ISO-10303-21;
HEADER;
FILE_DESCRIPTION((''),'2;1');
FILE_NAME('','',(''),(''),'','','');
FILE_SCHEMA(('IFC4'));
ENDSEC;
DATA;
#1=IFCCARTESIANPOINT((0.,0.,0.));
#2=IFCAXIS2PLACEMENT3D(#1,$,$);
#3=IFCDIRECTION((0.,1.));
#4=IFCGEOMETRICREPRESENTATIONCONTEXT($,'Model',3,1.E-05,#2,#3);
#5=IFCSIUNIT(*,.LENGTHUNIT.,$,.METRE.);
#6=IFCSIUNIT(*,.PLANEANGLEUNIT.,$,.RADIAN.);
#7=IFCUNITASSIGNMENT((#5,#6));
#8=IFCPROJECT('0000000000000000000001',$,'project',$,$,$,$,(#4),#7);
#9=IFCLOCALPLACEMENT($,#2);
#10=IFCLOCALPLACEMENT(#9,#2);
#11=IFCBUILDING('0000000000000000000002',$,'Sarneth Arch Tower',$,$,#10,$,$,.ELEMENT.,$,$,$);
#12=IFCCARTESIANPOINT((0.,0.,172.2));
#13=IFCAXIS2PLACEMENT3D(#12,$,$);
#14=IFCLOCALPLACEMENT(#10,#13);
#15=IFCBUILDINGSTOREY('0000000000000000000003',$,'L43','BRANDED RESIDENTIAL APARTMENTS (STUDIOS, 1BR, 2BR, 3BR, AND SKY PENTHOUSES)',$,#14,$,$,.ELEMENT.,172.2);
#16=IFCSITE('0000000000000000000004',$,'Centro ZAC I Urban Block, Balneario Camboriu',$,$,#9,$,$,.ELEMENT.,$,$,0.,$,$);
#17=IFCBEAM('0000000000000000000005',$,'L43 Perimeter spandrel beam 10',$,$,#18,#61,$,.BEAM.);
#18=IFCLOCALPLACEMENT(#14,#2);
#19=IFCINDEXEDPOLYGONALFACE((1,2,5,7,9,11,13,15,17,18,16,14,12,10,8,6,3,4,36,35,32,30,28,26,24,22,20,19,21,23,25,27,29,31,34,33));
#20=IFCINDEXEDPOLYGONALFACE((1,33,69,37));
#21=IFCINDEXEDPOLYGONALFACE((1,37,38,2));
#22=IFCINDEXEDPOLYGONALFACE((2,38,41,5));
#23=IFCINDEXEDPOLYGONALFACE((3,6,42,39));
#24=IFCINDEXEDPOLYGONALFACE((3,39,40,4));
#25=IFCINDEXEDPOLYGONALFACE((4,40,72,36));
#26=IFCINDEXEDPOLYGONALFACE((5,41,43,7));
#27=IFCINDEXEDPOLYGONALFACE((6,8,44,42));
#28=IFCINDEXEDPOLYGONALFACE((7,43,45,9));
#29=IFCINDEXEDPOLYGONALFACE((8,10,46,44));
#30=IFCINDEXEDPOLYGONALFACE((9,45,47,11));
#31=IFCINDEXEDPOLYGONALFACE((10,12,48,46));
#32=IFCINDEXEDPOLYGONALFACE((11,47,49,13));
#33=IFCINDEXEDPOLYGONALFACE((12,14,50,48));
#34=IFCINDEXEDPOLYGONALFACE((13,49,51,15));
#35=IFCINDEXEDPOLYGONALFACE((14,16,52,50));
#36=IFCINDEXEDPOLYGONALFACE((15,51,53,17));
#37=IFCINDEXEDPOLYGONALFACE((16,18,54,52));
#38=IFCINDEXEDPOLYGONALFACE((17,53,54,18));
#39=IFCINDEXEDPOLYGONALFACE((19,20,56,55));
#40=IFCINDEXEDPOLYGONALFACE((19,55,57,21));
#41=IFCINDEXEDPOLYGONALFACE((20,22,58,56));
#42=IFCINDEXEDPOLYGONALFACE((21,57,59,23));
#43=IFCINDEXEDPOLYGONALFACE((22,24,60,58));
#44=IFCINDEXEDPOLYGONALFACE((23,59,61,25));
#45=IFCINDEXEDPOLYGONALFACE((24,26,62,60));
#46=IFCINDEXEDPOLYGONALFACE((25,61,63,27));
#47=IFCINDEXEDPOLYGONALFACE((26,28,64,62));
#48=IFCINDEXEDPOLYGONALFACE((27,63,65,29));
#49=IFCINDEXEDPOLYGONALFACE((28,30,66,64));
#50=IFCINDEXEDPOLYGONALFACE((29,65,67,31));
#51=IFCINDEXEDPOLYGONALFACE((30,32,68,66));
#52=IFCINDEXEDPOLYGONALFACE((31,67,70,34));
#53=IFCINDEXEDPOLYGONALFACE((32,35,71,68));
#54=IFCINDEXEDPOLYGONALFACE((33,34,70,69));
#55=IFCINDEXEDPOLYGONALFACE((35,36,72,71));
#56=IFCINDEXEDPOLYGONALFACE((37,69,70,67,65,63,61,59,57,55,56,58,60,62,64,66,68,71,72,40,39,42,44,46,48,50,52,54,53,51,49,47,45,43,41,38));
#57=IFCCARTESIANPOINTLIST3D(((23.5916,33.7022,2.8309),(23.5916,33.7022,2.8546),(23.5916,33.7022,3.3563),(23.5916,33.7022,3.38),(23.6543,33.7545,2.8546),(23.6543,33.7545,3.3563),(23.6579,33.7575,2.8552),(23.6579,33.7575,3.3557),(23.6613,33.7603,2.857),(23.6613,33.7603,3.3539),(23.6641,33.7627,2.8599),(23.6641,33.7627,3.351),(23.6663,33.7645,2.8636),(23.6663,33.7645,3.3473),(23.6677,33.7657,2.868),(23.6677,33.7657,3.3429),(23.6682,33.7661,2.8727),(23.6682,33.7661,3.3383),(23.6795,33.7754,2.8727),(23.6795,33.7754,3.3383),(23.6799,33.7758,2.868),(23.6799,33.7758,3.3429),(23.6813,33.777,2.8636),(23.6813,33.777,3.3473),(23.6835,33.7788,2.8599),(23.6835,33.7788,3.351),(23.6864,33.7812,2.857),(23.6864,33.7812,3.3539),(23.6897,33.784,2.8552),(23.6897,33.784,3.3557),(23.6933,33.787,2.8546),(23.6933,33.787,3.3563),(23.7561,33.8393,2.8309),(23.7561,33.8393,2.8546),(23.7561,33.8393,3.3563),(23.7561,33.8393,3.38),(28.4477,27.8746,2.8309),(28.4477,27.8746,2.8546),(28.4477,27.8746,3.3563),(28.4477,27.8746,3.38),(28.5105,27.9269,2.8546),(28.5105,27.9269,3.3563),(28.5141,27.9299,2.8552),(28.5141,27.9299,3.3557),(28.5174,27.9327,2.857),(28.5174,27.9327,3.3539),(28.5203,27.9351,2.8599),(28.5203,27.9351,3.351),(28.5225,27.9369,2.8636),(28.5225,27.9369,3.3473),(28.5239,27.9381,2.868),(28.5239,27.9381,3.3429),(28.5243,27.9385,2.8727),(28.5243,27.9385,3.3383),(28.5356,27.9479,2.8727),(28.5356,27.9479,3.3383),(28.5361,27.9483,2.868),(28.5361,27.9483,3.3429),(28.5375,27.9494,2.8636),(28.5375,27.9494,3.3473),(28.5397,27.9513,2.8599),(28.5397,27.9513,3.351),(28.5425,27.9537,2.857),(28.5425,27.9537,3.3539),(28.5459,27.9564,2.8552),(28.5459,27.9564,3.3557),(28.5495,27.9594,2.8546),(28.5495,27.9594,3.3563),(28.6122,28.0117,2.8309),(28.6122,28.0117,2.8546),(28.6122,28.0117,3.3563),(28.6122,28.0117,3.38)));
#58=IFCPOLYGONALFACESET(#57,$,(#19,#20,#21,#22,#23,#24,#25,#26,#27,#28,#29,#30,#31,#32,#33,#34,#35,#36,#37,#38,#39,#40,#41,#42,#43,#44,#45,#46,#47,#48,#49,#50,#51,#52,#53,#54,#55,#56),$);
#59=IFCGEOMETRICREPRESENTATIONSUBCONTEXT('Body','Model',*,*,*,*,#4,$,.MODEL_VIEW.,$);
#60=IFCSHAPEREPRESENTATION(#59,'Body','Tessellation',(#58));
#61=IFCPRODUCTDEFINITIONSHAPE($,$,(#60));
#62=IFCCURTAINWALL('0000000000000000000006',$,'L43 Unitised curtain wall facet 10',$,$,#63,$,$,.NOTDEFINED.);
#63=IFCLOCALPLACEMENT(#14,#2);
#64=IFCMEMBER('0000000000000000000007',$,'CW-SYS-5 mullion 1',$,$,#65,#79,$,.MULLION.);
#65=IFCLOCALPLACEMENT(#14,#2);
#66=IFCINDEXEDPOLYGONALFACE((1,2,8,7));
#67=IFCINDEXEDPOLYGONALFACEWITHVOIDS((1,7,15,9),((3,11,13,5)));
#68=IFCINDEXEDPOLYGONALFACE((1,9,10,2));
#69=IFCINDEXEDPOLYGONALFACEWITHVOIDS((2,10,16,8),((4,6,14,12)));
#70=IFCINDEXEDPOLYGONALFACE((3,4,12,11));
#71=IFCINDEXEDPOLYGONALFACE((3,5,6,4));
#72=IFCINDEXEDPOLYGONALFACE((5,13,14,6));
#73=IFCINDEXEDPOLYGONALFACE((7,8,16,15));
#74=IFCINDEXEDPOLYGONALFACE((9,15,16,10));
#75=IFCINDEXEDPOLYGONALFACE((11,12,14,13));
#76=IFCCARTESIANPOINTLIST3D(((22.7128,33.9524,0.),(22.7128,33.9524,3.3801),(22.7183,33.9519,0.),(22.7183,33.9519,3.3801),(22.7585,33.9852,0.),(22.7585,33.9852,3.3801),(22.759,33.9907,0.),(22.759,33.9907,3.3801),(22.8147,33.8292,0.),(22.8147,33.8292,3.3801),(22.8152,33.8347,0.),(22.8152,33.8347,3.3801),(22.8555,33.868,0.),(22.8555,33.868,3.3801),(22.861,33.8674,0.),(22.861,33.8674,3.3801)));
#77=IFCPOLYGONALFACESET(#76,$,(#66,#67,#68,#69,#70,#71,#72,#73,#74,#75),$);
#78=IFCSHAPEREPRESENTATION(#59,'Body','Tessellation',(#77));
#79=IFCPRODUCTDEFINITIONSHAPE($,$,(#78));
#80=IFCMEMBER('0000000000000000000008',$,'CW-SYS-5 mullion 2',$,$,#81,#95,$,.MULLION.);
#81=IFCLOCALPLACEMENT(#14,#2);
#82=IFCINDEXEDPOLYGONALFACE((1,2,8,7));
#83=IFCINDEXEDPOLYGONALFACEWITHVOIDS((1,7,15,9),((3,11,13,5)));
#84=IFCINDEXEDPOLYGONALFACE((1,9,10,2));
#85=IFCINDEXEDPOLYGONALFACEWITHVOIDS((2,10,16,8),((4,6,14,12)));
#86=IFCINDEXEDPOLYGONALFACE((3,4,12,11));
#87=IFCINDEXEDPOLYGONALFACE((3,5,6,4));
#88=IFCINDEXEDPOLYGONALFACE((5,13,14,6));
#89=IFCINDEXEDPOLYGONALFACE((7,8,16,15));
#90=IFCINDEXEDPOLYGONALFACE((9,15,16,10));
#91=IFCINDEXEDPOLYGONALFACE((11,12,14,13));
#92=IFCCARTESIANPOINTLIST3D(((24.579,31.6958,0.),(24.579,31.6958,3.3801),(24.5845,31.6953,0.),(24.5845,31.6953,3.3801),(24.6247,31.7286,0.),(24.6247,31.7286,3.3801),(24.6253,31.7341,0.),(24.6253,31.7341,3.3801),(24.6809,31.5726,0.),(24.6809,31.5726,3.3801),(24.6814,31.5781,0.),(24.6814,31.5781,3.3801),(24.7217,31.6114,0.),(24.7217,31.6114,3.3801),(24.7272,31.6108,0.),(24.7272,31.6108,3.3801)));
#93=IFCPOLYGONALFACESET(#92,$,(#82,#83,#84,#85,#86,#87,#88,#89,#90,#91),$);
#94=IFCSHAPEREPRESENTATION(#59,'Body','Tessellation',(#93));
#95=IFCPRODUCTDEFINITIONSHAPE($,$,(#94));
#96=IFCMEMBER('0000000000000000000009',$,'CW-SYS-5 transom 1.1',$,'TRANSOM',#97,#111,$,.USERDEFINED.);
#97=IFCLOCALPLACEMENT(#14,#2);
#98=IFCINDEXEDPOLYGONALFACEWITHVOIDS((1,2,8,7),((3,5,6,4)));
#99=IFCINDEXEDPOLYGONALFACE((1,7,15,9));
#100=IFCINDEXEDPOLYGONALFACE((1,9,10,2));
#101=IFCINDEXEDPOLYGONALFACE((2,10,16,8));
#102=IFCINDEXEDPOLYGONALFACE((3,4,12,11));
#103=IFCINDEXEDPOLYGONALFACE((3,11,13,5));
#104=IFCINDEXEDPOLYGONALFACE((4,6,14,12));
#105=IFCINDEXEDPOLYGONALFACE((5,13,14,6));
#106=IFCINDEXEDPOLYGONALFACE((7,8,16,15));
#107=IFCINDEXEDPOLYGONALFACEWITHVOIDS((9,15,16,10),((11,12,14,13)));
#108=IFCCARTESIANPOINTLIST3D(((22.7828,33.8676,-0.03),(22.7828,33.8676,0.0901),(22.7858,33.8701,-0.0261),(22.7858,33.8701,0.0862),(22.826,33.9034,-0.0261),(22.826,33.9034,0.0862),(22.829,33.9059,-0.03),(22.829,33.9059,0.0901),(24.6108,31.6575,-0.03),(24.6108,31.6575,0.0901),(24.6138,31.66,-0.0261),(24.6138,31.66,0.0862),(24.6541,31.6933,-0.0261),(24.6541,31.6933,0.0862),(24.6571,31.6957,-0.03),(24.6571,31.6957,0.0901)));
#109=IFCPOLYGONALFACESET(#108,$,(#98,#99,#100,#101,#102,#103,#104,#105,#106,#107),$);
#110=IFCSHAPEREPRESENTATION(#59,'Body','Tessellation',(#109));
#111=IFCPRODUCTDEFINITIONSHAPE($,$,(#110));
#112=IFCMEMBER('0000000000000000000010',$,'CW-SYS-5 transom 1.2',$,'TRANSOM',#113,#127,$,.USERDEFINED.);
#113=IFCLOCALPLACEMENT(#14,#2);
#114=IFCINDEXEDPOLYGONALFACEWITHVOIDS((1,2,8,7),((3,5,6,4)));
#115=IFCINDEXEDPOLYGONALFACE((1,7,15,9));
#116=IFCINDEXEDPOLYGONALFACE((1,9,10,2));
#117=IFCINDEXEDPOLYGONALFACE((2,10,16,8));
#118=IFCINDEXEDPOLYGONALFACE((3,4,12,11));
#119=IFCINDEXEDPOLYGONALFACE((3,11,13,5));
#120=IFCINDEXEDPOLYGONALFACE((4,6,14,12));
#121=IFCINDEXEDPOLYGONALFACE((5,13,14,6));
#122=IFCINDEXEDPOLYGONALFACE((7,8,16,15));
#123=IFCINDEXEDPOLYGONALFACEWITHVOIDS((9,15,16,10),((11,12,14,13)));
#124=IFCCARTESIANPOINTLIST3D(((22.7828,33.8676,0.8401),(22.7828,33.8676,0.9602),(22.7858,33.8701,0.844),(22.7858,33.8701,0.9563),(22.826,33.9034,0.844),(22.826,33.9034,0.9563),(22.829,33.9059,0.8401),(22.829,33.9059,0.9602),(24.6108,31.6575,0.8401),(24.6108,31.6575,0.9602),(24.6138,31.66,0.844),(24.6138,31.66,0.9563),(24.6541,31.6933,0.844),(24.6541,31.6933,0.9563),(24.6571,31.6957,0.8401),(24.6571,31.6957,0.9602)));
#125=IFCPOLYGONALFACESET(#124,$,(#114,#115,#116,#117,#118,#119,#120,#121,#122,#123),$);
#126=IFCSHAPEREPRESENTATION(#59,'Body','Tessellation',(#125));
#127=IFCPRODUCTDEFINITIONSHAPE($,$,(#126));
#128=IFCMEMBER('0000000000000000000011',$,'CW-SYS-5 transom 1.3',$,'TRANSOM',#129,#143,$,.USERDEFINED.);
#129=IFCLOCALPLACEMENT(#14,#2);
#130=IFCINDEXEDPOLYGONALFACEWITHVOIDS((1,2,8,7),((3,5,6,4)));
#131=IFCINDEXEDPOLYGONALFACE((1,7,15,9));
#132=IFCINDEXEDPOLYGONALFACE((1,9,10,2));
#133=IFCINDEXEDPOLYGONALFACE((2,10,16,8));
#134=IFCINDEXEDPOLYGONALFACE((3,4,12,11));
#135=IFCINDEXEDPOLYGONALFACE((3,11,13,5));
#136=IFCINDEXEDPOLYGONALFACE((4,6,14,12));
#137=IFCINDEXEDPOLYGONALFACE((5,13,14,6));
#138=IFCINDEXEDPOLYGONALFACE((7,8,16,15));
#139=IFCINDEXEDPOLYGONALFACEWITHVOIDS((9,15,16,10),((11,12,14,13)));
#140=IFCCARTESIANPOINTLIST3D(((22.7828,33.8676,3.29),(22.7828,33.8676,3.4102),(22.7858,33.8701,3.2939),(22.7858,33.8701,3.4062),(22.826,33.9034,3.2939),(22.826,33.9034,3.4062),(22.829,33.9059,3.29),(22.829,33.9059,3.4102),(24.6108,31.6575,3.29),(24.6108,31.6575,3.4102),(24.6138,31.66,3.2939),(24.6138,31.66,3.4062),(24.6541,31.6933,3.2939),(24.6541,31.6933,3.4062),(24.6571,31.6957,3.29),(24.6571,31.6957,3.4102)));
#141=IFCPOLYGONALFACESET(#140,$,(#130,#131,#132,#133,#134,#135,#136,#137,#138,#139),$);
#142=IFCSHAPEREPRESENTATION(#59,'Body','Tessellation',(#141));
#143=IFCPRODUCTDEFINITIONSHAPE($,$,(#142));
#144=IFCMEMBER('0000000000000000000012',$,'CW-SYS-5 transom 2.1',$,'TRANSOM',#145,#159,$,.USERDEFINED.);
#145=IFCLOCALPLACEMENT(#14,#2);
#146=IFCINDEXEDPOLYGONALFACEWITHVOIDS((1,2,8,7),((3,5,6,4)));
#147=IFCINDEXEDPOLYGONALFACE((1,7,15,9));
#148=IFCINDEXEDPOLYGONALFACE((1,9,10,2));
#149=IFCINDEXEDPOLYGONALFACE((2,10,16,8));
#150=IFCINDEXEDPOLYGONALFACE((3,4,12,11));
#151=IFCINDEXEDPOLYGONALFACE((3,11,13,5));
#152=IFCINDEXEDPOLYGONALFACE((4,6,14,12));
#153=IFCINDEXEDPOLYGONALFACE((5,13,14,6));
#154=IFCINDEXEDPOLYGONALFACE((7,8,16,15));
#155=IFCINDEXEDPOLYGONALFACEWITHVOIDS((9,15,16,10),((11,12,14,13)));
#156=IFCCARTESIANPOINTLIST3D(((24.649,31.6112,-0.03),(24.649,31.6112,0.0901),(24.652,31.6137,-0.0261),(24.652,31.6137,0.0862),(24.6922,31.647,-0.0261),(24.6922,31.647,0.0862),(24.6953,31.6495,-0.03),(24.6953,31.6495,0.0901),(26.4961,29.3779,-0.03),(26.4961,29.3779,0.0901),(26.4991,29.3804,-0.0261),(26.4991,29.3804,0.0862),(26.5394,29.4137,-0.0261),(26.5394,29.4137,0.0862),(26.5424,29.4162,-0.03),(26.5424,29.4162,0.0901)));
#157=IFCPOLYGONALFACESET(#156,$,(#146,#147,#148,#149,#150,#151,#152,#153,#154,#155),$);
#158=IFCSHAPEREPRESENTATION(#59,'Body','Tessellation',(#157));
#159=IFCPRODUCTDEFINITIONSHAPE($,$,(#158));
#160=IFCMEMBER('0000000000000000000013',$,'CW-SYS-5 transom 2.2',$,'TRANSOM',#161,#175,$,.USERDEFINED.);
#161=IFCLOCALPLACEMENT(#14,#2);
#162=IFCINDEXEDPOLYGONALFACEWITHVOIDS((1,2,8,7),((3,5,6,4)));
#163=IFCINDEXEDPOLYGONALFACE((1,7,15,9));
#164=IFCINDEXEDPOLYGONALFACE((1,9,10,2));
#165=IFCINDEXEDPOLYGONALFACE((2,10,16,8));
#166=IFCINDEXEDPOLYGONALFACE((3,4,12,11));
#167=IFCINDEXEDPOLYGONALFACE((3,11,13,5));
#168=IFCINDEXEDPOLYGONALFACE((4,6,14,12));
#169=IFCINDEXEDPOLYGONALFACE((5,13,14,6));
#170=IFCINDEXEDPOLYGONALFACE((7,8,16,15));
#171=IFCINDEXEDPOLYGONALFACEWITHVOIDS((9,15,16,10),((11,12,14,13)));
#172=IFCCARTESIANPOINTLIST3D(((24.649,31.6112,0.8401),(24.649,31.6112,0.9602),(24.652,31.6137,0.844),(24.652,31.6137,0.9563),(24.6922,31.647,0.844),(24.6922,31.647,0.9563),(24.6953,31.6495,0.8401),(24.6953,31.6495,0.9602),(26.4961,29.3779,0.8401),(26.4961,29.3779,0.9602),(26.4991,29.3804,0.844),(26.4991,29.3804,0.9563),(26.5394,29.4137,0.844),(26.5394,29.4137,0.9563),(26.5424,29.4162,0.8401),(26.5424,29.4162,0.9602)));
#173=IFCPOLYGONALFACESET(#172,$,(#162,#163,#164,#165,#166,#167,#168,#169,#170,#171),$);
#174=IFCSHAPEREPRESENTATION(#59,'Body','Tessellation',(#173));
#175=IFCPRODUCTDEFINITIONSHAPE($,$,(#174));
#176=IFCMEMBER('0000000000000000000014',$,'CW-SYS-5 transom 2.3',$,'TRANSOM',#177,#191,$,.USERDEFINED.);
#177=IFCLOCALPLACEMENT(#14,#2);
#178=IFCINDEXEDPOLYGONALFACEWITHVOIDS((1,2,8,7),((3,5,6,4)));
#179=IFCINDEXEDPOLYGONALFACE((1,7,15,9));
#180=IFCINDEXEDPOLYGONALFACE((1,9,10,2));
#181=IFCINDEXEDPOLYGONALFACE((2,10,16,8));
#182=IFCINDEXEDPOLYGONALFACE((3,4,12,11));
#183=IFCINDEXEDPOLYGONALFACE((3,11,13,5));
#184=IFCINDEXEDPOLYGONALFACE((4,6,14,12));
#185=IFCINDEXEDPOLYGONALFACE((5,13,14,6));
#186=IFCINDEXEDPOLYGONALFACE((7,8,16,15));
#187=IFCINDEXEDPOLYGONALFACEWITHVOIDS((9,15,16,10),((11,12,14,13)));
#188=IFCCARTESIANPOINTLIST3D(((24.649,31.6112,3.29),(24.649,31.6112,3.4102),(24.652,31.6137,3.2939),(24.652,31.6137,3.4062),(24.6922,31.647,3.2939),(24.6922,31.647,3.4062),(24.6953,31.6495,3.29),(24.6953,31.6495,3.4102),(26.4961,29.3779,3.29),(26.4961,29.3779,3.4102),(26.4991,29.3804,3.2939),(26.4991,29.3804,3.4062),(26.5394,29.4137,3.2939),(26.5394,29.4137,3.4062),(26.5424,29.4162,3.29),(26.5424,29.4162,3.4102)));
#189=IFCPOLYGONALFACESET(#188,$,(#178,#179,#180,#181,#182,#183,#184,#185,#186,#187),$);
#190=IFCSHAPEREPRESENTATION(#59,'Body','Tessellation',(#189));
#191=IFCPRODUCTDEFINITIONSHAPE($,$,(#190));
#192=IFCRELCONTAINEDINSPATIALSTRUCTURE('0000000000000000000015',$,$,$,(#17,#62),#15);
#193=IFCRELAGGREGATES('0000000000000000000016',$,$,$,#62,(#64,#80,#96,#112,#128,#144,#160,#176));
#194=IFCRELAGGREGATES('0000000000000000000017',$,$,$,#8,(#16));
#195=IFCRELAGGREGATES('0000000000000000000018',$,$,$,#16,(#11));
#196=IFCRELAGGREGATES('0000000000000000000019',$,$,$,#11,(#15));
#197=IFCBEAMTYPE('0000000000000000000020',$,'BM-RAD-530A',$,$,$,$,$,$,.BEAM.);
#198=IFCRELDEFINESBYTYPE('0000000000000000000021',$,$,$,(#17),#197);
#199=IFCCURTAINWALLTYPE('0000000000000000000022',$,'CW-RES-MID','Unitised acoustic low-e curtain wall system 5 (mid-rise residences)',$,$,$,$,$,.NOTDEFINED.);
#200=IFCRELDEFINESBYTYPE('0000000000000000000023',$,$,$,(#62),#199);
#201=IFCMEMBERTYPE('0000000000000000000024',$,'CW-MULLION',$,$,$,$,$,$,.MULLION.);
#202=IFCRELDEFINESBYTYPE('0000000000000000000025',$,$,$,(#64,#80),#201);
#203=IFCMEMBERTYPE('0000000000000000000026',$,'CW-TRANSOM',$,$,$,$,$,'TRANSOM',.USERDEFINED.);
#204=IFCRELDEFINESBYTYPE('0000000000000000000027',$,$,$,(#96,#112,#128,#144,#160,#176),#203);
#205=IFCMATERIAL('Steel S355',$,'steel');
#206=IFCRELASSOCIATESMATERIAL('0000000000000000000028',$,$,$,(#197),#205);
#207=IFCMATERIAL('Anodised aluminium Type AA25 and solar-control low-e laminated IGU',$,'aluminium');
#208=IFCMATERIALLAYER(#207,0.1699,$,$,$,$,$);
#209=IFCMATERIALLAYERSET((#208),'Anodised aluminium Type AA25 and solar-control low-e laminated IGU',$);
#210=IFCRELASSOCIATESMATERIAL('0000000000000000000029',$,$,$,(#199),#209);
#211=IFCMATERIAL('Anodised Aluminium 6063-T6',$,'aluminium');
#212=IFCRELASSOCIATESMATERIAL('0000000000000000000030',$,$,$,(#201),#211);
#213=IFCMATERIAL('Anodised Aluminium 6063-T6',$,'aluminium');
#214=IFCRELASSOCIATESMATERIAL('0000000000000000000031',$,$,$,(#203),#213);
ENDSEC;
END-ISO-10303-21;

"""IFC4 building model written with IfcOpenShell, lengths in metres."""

from ifc_helpers import new_model, si_unit, direction, frame, origin, origin_2d, place, context, subcontext, project, spatial, hollow_rectangle, i_section, extrude, material, layer, layer_set, material_profile, profile_set, type_object, element, aggregate, save


model = new_model("IFC4")

# Units and contexts
model_context = context("Model", 3, precision=1e-05, world=origin(), true_north=direction((0.0, 1.0)))
body_context = subcontext(model_context, "Body", "Model", "MODEL_VIEW")
ifc_project = project(units=[si_unit("LENGTHUNIT", "METRE"), si_unit("PLANEANGLEUNIT", "RADIAN")], contexts=[model_context])

# Site, building, storey
site_placement = place(None, origin())
site = spatial("IfcSite", under=ifc_project, at=site_placement, Name="Centro ZAC I Urban Block, Balneario Camboriu", CompositionType="ELEMENT", RefElevation=0.0)
building_placement = place(site_placement, origin())
building = spatial("IfcBuilding", under=site, at=building_placement, Name="Sarneth Arch Tower", CompositionType="ELEMENT")
storey_placement = place(building_placement, frame((0.0, 0.0, 172.2)))
storey = spatial("IfcBuildingStorey", under=building, at=storey_placement, Name="L43", Description="BRANDED RESIDENTIAL APARTMENTS (STUDIOS, 1BR, 2BR, 3BR, AND SKY PENTHOUSES)", CompositionType="ELEMENT", Elevation=172.2)

# Beam
ifc_material_1 = material(Name="Steel S355", Category="steel")
ifc_material_profile_1 = material_profile(ifc_material_1, i_section(OverallWidth=0.2141, OverallDepth=0.5491, WebThickness=0.0146, FlangeThickness=0.0237, FilletRadius=0.0181, at=origin_2d()), Name="W530x138")
ifc_profile_set_1 = profile_set([ifc_material_profile_1], Name="Steel S355")
beam_type_1 = type_object("IfcBeamType", Name="BM-RAD-530A", PredefinedType="BEAM", material=ifc_profile_set_1)
beam_1_placement = place(storey_placement, frame((23.6738, 33.7708, 3.1055), z_axis=(0.640172, -0.768232, 0.0), x_axis=(0.768232, 0.640172, 0.0)))
element("IfcBeam", 1, at=beam_1_placement, inside=storey, type_object=beam_type_1, Name="L43 Perimeter spandrel beam 10", PredefinedType="BEAM", context=body_context, shape_type="SweptSolid", body=[
    extrude(i_section(OverallWidth=0.2141, OverallDepth=0.5491, WebThickness=0.0146, FlangeThickness=0.0237, FilletRadius=0.0181, at=origin_2d()), origin(), (0.0, 0.0, 1.0), 7.5857),
])

# Curtain wall, members
ifc_material_2 = material(Name="Anodised aluminium Type AA25 and solar-control low-e laminated IGU", Category="aluminium")
ifc_layer_1 = layer(ifc_material_2, 0.1699)
ifc_layer_set_1 = layer_set([ifc_layer_1], Name="Anodised aluminium Type AA25 and solar-control low-e laminated IGU")
curtain_wall_type = type_object("IfcCurtainWallType", Name="CW-RES-MID", Description="Unitised acoustic low-e curtain wall system 5 (mid-rise residences)", PredefinedType="NOTDEFINED", material=ifc_layer_set_1)
curtain_wall_placement = place(storey_placement, origin())
curtain_wall = element("IfcCurtainWall", 2, at=curtain_wall_placement, inside=storey, type_object=curtain_wall_type, Name="L43 Unitised curtain wall facet 10", PredefinedType="NOTDEFINED")
ifc_material_3 = material(Name="Anodised Aluminium 6063-T6", Category="aluminium")
ifc_material_profile_2 = material_profile(ifc_material_3, hollow_rectangle(XDim=0.0601, YDim=0.1599, WallThickness=0.0039, at=origin_2d()), Name="AL-MULL-160x60x4")
ifc_profile_set_2 = profile_set([ifc_material_profile_2], Name="Anodised Aluminium 6063-T6")
member_type_1 = type_object("IfcMemberType", Name="CW-MULLION", PredefinedType="MULLION", material=ifc_profile_set_2)
member_1_placement = place(storey_placement, frame((22.7869, 33.9099, 0.0), z_axis=(0.0, 0.0, 1.0), x_axis=(0.770591, 0.63733, 0.0)))
member_1 = element("IfcMember", 3, at=member_1_placement, type_object=member_type_1, Name="CW-SYS-5 mullion 1", PredefinedType="MULLION", context=body_context, shape_type="SweptSolid", body=[
    extrude(hollow_rectangle(XDim=0.0601, YDim=0.1599, WallThickness=0.0039, at=origin_2d()), origin(), (0.0, 0.0, 1.0), 3.3801),
])
member_2_placement = place(storey_placement, frame((24.6531, 31.6533, 0.0), z_axis=(0.0, 0.0, 1.0), x_axis=(0.770591, 0.63733, 0.0)))
member_2 = element("IfcMember", 4, at=member_2_placement, type_object=member_type_1, Name="CW-SYS-5 mullion 2", PredefinedType="MULLION", context=body_context, shape_type="SweptSolid", body=[
    extrude(hollow_rectangle(XDim=0.0601, YDim=0.1599, WallThickness=0.0039, at=origin_2d()), origin(), (0.0, 0.0, 1.0), 3.3801),
])
ifc_material_4 = material(Name="Anodised Aluminium 6063-T6", Category="aluminium")
ifc_material_profile_3 = material_profile(ifc_material_4, hollow_rectangle(XDim=0.0601, YDim=0.1201, WallThickness=0.0039, at=origin_2d()), Name="AL-TRAN-120x60x4")
ifc_profile_set_3 = profile_set([ifc_material_profile_3], Name="Anodised Aluminium 6063-T6")
member_type_2 = type_object("IfcMemberType", Name="CW-TRANSOM", ElementType="TRANSOM", PredefinedType="USERDEFINED", material=ifc_profile_set_3)
member_3_placement = place(storey_placement, frame((22.8059, 33.8867, 0.03), z_axis=(0.637359, -0.770567, 0.0), x_axis=(0.770567, 0.637359, 0.0)))
member_3 = element("IfcMember", 5, at=member_3_placement, type_object=member_type_2, Name="CW-SYS-5 transom 1.1", ObjectType="TRANSOM", PredefinedType="USERDEFINED", context=body_context, shape_type="SweptSolid", body=[
    extrude(hollow_rectangle(XDim=0.0601, YDim=0.1201, WallThickness=0.0039, at=origin_2d()), origin(), (0.0, 0.0, 1.0), 2.8682),
])
member_4_placement = place(storey_placement, frame((22.8059, 33.8867, 0.9001), z_axis=(0.637359, -0.770567, 0.0), x_axis=(0.770567, 0.637359, 0.0)))
member_4 = element("IfcMember", 6, at=member_4_placement, type_object=member_type_2, Name="CW-SYS-5 transom 1.2", ObjectType="TRANSOM", PredefinedType="USERDEFINED", context=body_context, shape_type="SweptSolid", body=[
    extrude(hollow_rectangle(XDim=0.0601, YDim=0.1201, WallThickness=0.0039, at=origin_2d()), origin(), (0.0, 0.0, 1.0), 2.8682),
])
member_5_placement = place(storey_placement, frame((22.8059, 33.8867, 3.3501), z_axis=(0.637359, -0.770567, 0.0), x_axis=(0.770567, 0.637359, 0.0)))
member_5 = element("IfcMember", 7, at=member_5_placement, type_object=member_type_2, Name="CW-SYS-5 transom 1.3", ObjectType="TRANSOM", PredefinedType="USERDEFINED", context=body_context, shape_type="SweptSolid", body=[
    extrude(hollow_rectangle(XDim=0.0601, YDim=0.1201, WallThickness=0.0039, at=origin_2d()), origin(), (0.0, 0.0, 1.0), 2.8682),
])
member_6_placement = place(storey_placement, frame((24.6721, 31.6304, 0.03), z_axis=(0.63733, -0.770591, 0.0), x_axis=(0.770591, 0.63733, 0.0)))
member_6 = element("IfcMember", 8, at=member_6_placement, type_object=member_type_2, Name="CW-SYS-5 transom 2.1", ObjectType="TRANSOM", PredefinedType="USERDEFINED", context=body_context, shape_type="SweptSolid", body=[
    extrude(hollow_rectangle(XDim=0.0601, YDim=0.1201, WallThickness=0.0039, at=origin_2d()), origin(), (0.0, 0.0, 1.0), 2.8982),
])
member_7_placement = place(storey_placement, frame((24.6721, 31.6304, 0.9001), z_axis=(0.63733, -0.770591, 0.0), x_axis=(0.770591, 0.63733, 0.0)))
member_7 = element("IfcMember", 9, at=member_7_placement, type_object=member_type_2, Name="CW-SYS-5 transom 2.2", ObjectType="TRANSOM", PredefinedType="USERDEFINED", context=body_context, shape_type="SweptSolid", body=[
    extrude(hollow_rectangle(XDim=0.0601, YDim=0.1201, WallThickness=0.0039, at=origin_2d()), origin(), (0.0, 0.0, 1.0), 2.8982),
])
member_8_placement = place(storey_placement, frame((24.6721, 31.6304, 3.3501), z_axis=(0.63733, -0.770591, 0.0), x_axis=(0.770591, 0.63733, 0.0)))
member_8 = element("IfcMember", 10, at=member_8_placement, type_object=member_type_2, Name="CW-SYS-5 transom 2.3", ObjectType="TRANSOM", PredefinedType="USERDEFINED", context=body_context, shape_type="SweptSolid", body=[
    extrude(hollow_rectangle(XDim=0.0601, YDim=0.1201, WallThickness=0.0039, at=origin_2d()), origin(), (0.0, 0.0, 1.0), 2.8982),
])
aggregate(curtain_wall, [member_1, member_2, member_3, member_4, member_5, member_6, member_7, member_8])

save(model, "model.ifc")
